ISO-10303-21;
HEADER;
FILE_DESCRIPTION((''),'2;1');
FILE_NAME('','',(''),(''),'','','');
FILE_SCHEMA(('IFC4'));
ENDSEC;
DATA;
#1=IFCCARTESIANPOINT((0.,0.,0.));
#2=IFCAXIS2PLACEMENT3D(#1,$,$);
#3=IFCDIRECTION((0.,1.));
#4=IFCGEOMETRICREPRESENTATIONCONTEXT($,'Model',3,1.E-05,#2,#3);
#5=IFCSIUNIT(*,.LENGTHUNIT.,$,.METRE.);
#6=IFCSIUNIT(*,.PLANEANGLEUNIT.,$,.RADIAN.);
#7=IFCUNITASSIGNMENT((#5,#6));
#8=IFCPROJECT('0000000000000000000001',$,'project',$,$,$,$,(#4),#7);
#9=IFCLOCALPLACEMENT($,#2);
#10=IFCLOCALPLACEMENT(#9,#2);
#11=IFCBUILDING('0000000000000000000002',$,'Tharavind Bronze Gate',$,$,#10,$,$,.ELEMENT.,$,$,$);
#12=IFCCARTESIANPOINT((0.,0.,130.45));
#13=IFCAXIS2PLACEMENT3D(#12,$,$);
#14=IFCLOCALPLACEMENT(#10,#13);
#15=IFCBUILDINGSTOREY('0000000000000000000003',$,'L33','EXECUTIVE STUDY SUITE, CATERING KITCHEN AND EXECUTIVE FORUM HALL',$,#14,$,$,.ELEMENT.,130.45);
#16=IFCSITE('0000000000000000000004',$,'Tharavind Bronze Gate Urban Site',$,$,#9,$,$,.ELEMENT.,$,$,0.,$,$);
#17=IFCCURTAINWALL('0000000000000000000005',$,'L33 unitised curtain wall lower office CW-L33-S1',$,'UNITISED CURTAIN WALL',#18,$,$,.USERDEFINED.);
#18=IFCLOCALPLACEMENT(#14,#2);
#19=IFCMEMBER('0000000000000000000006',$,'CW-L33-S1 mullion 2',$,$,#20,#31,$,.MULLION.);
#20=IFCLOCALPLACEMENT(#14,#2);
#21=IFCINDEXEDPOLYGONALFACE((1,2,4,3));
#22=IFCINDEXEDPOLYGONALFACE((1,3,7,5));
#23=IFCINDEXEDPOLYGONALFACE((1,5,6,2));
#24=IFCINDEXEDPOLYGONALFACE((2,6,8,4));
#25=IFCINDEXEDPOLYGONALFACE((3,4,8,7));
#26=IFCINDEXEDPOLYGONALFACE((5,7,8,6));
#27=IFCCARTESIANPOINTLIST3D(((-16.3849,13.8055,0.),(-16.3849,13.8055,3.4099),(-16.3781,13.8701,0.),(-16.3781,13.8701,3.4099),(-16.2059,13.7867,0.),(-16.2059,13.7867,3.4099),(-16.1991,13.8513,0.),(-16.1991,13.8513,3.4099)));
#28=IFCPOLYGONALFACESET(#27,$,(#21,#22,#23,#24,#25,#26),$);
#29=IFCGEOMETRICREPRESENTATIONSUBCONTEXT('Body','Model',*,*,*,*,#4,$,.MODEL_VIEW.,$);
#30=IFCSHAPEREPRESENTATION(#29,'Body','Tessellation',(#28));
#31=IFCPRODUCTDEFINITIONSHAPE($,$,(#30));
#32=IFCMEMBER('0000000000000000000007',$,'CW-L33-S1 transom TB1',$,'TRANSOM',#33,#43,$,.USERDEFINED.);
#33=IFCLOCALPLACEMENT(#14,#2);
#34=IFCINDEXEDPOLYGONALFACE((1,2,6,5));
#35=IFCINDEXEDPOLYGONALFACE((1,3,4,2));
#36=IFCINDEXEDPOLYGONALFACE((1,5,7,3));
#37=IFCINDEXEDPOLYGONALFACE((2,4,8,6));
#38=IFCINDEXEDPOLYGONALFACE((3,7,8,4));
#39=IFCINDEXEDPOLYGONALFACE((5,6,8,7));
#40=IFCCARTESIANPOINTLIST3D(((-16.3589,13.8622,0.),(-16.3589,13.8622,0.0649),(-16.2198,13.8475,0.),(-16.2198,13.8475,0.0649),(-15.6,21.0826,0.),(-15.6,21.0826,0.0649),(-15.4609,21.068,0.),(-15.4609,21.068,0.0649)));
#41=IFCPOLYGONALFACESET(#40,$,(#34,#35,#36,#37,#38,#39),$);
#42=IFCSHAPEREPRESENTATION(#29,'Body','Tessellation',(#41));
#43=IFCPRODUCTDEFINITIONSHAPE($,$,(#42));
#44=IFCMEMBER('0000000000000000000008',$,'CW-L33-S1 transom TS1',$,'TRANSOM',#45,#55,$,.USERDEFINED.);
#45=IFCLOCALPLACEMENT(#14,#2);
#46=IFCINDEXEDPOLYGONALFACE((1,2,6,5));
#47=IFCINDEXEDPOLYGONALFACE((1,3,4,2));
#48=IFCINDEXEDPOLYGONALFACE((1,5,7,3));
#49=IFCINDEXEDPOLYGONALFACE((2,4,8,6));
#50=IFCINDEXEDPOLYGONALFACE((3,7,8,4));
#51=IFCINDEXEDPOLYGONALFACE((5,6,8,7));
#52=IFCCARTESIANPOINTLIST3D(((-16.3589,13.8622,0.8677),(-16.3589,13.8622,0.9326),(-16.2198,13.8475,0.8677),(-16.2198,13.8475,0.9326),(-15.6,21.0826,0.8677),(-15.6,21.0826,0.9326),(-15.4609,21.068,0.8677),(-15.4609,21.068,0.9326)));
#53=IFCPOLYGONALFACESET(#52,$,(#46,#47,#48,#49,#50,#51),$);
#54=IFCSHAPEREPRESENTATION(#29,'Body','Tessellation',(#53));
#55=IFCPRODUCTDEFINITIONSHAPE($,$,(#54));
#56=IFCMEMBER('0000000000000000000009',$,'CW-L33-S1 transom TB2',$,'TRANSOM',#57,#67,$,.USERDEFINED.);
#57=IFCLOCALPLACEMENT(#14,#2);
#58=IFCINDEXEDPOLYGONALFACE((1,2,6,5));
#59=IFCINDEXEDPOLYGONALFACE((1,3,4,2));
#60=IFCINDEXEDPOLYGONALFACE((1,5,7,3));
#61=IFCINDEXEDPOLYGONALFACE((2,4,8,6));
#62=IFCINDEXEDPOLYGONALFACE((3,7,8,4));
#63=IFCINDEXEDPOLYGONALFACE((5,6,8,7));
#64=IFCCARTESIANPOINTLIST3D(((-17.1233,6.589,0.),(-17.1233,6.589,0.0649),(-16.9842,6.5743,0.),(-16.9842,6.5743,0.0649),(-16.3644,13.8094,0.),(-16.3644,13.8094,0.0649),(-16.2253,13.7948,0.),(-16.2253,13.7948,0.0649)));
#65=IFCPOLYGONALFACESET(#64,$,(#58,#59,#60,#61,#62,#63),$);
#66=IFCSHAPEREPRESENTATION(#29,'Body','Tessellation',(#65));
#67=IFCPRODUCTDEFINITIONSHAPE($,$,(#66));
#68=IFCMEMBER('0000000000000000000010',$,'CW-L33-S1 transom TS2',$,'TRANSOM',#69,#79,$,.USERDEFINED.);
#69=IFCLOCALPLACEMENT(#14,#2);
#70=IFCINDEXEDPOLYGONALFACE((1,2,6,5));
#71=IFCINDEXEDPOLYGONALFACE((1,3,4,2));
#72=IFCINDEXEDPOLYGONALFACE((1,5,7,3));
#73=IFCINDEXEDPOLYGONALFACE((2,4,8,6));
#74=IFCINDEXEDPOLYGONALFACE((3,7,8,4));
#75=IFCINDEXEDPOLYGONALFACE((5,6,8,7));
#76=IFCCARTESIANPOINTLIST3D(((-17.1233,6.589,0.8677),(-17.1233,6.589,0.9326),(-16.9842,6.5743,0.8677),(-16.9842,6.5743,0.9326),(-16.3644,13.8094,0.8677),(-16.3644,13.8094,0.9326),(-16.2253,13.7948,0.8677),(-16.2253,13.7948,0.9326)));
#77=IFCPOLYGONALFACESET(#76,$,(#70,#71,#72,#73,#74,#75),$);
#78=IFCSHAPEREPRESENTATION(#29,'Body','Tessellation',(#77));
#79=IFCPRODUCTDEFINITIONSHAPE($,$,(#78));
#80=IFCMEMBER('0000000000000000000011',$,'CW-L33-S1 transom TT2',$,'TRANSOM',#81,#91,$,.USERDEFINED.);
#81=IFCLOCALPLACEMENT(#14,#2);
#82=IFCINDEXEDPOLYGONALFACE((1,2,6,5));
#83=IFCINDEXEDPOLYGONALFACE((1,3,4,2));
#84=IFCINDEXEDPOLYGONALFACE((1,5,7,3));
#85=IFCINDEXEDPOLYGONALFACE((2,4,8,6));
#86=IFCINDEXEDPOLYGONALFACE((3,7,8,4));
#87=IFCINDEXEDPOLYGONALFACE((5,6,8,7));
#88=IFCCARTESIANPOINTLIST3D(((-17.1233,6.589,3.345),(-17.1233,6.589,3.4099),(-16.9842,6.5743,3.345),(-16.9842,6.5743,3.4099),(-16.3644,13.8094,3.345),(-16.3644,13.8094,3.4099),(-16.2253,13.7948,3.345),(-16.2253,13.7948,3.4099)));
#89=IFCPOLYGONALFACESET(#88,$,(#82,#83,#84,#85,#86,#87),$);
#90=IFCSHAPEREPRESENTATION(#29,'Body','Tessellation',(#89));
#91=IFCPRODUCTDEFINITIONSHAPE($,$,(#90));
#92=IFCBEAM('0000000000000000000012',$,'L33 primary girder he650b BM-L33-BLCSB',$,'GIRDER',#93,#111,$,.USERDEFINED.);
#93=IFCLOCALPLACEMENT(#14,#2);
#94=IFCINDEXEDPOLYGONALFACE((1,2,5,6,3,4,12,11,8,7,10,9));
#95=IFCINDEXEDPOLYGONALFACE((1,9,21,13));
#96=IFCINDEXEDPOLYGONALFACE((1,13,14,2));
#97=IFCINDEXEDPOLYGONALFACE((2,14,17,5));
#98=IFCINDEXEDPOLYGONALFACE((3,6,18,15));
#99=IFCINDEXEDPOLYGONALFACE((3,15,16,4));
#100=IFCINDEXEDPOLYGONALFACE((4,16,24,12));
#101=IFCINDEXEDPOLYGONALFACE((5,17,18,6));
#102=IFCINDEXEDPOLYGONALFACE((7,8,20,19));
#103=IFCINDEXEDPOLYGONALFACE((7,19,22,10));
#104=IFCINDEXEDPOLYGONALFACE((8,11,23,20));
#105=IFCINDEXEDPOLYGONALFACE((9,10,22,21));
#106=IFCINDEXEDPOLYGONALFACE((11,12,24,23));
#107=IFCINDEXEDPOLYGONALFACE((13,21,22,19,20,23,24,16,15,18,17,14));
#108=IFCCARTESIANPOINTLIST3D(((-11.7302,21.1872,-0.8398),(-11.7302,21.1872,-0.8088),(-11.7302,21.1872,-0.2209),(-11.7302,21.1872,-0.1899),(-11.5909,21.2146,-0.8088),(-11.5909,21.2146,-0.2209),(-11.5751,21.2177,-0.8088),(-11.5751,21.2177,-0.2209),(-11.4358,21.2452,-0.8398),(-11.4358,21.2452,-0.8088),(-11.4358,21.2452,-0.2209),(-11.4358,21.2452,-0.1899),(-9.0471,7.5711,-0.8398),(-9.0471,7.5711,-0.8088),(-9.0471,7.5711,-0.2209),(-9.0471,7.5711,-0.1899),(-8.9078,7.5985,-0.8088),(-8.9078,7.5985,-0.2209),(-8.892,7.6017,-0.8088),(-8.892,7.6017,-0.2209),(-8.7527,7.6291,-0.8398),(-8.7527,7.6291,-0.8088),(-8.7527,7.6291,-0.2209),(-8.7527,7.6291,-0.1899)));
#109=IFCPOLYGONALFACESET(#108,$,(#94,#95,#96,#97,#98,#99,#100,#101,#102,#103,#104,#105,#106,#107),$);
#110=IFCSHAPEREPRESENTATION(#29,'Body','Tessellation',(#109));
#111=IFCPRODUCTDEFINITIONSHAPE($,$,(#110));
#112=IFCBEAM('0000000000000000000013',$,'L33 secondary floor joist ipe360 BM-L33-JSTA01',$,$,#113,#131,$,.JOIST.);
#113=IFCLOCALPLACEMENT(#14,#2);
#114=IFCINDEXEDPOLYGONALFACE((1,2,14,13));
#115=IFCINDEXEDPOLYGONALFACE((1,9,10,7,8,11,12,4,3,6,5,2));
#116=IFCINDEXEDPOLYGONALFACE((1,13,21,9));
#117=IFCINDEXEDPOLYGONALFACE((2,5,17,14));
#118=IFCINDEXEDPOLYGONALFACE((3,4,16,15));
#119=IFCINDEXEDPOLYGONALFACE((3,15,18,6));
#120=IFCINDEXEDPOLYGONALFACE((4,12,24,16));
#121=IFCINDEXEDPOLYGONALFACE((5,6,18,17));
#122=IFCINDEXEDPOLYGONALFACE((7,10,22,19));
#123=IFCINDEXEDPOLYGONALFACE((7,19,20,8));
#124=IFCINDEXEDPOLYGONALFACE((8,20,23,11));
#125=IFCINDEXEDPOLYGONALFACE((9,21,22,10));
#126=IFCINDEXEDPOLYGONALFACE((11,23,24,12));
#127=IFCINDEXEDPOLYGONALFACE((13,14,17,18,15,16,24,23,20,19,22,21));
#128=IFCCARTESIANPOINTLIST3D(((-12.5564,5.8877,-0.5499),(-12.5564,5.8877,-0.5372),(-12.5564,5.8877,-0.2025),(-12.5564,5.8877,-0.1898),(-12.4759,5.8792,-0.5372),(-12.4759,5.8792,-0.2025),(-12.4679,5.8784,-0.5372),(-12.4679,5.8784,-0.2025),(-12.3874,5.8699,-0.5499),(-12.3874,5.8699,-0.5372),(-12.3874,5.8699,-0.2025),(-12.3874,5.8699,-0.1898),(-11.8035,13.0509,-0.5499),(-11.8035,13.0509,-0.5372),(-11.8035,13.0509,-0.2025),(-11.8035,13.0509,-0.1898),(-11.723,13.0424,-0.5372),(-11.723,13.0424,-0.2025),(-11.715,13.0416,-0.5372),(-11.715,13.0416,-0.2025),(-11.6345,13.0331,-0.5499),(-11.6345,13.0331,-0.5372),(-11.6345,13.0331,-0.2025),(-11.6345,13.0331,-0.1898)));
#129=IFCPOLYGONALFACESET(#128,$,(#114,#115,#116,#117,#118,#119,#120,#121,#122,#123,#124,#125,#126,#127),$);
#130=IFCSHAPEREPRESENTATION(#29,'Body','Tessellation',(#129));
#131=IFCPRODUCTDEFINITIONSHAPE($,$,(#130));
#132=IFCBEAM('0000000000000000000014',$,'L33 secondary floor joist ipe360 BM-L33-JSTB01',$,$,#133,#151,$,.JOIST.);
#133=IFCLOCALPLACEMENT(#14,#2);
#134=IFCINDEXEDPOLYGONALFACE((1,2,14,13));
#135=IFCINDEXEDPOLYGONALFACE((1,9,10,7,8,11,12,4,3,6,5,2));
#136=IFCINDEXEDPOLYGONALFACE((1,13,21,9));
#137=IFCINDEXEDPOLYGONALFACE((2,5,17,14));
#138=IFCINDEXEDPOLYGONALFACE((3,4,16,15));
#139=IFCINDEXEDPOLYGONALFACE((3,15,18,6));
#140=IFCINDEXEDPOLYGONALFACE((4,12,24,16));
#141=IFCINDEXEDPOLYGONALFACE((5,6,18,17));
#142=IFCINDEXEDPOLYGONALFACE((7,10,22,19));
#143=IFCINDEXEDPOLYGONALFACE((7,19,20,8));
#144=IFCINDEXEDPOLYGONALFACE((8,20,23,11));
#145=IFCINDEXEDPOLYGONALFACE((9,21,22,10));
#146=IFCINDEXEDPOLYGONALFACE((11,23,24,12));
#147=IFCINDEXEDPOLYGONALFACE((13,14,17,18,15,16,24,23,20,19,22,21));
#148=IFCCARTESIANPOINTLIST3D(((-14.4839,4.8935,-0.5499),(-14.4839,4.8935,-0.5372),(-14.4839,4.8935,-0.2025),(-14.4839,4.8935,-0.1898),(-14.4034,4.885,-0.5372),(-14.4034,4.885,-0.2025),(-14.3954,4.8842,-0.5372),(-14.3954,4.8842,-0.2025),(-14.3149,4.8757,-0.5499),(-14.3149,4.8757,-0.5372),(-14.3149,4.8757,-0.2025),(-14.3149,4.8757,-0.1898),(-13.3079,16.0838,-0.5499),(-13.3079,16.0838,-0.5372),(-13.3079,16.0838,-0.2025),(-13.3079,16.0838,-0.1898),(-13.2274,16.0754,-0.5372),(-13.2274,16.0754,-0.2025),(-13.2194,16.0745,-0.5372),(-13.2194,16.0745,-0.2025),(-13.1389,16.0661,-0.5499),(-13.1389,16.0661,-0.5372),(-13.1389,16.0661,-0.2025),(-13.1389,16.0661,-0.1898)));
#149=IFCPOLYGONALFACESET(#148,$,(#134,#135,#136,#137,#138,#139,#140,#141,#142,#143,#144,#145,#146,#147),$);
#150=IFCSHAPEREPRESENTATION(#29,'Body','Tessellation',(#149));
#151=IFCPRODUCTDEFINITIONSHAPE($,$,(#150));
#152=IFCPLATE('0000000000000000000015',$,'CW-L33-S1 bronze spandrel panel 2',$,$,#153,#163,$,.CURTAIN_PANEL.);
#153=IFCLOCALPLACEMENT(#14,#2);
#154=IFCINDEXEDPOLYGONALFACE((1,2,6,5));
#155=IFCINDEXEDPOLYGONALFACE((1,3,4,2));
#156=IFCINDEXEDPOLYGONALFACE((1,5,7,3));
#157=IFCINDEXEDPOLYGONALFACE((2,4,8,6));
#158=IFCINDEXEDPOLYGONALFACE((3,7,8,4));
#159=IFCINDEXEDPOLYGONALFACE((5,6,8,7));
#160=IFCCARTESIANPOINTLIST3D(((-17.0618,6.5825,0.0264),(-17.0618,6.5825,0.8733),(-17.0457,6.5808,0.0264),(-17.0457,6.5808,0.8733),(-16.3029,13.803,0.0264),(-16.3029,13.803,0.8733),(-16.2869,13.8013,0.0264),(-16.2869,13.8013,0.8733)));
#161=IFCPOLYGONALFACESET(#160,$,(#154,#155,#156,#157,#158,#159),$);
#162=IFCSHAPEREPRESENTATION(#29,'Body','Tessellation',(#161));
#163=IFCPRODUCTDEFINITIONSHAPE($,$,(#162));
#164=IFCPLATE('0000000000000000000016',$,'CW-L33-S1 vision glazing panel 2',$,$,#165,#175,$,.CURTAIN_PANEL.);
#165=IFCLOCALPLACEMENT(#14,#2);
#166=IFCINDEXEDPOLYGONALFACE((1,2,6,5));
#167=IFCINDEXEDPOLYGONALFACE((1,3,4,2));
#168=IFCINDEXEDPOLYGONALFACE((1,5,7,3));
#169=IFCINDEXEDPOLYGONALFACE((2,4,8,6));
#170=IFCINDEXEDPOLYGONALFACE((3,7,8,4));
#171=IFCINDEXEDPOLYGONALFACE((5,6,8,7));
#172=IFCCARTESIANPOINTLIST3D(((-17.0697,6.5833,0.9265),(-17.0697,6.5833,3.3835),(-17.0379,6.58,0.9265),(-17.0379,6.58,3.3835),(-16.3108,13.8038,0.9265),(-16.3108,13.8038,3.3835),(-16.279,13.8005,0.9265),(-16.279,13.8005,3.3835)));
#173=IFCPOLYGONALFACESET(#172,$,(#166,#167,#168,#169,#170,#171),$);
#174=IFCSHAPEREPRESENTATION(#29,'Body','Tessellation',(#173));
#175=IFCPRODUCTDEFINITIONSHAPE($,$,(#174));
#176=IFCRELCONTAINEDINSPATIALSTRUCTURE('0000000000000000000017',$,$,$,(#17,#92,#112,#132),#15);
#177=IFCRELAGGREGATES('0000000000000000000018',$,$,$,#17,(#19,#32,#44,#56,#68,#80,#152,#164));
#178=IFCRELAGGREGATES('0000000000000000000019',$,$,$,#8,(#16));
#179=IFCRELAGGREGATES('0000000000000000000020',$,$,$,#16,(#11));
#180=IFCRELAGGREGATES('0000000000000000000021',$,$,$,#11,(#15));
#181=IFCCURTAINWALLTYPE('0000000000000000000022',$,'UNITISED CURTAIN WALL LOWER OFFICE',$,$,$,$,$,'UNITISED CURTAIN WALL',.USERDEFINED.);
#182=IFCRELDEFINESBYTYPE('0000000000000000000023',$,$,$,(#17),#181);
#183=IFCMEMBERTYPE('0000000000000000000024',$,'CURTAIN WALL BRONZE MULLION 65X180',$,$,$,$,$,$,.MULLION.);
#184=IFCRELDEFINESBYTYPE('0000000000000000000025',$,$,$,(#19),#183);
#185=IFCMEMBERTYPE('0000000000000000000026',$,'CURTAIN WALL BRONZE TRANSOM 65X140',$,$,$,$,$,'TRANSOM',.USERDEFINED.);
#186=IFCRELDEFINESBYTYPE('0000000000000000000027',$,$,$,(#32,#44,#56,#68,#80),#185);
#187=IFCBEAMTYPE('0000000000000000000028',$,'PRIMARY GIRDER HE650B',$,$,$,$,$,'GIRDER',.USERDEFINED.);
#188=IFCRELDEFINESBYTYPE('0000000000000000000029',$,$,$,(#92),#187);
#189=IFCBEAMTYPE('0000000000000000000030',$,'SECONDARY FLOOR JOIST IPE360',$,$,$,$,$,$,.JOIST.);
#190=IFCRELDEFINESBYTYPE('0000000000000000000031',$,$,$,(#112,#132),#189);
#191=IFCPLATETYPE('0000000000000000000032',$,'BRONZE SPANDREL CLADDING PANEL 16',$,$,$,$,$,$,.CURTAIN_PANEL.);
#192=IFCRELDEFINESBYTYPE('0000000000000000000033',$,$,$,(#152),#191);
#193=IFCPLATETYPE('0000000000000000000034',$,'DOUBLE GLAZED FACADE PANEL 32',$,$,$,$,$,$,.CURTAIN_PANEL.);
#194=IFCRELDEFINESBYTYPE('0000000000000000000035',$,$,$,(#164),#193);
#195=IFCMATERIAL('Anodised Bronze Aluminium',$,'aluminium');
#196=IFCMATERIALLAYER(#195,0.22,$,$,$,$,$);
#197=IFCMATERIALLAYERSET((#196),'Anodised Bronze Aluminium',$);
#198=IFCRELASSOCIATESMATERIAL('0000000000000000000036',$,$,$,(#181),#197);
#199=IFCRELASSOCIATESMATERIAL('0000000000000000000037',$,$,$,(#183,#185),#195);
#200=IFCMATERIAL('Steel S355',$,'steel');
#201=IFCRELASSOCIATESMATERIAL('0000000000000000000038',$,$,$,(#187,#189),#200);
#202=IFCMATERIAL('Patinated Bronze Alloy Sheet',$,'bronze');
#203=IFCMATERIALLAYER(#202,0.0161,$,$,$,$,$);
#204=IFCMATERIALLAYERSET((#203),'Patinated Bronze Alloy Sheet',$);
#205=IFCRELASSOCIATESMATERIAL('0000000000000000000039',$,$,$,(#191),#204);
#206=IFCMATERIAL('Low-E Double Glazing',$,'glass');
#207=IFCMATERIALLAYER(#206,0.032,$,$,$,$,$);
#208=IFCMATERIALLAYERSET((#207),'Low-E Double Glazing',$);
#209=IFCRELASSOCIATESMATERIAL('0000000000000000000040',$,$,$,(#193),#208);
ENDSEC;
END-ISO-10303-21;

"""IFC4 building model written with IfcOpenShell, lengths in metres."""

from ifc_helpers import new_model, si_unit, direction, frame, origin, origin_2d, place, context, subcontext, project, spatial, rectangle, i_section, extrude, material, layer, layer_set, material_profile, profile_set, type_object, element, aggregate, save


model = new_model("IFC4")

# Units and contexts
model_context = context("Model", 3, precision=1e-05, world=origin(), true_north=direction((0.0, 1.0)))
body_context = subcontext(model_context, "Body", "Model", "MODEL_VIEW")
ifc_project = project(units=[si_unit("LENGTHUNIT", "METRE"), si_unit("PLANEANGLEUNIT", "RADIAN")], contexts=[model_context])

# Site, building, storey
site_placement = place(None, origin())
site = spatial("IfcSite", under=ifc_project, at=site_placement, Name="Tharavind Bronze Gate Urban Site", CompositionType="ELEMENT", RefElevation=0.0)
building_placement = place(site_placement, origin())
building = spatial("IfcBuilding", under=site, at=building_placement, Name="Tharavind Bronze Gate", CompositionType="ELEMENT")
storey_placement = place(building_placement, frame((0.0, 0.0, 130.45)))
storey = spatial("IfcBuildingStorey", under=building, at=storey_placement, Name="L33", Description="EXECUTIVE STUDY SUITE, CATERING KITCHEN AND EXECUTIVE FORUM HALL", CompositionType="ELEMENT", Elevation=130.45)

# Curtain wall, members
ifc_material_1 = material(Name="Anodised Bronze Aluminium", Category="aluminium")
ifc_layer_1 = layer(ifc_material_1, 0.22)
ifc_layer_set_1 = layer_set([ifc_layer_1], Name="Anodised Bronze Aluminium")
curtain_wall_type = type_object("IfcCurtainWallType", Name="UNITISED CURTAIN WALL LOWER OFFICE", ElementType="UNITISED CURTAIN WALL", PredefinedType="USERDEFINED", material=ifc_layer_set_1)
curtain_wall_placement = place(storey_placement, origin())
curtain_wall = element("IfcCurtainWall", 1, at=curtain_wall_placement, inside=storey, type_object=curtain_wall_type, Name="L33 unitised curtain wall lower office CW-L33-S1", ObjectType="UNITISED CURTAIN WALL", PredefinedType="USERDEFINED")
member_type_1 = type_object("IfcMemberType", Name="CURTAIN WALL BRONZE MULLION 65X180", PredefinedType="MULLION", material=ifc_material_1)
member_1_placement = place(storey_placement, frame((-16.292, 13.8284, 0.0), z_axis=(0.0, 0.0, 1.0), x_axis=(-0.104527, -0.994522, 0.0)))
member_1 = element("IfcMember", 2, at=member_1_placement, type_object=member_type_1, Name="CW-L33-S1 mullion 2", PredefinedType="MULLION", context=body_context, shape_type="SweptSolid", body=[
    extrude(rectangle(XDim=0.0649, YDim=0.1799, at=origin_2d()), origin(), (0.0, 0.0, 1.0), 3.4099),
])
member_type_2 = type_object("IfcMemberType", Name="CURTAIN WALL BRONZE TRANSOM 65X140", ElementType="TRANSOM", PredefinedType="USERDEFINED", material=ifc_material_1)
member_2_placement = place(storey_placement, frame((-15.9099, 17.4651, 0.0), z_axis=(0.0, 0.0, 1.0), x_axis=(-0.104527, -0.994522, 0.0)))
member_2 = element("IfcMember", 3, at=member_2_placement, type_object=member_type_2, Name="CW-L33-S1 transom TB1", ObjectType="TRANSOM", PredefinedType="USERDEFINED", context=body_context, shape_type="SweptSolid", body=[
    extrude(rectangle(XDim=7.2603, YDim=0.1399, at=origin_2d()), origin(), (0.0, 0.0, 1.0), 0.0649),
])
member_3_placement = place(storey_placement, frame((-15.9099, 17.4651, 0.8677), z_axis=(0.0, 0.0, 1.0), x_axis=(-0.104527, -0.994522, 0.0)))
member_3 = element("IfcMember", 4, at=member_3_placement, type_object=member_type_2, Name="CW-L33-S1 transom TS1", ObjectType="TRANSOM", PredefinedType="USERDEFINED", context=body_context, shape_type="SweptSolid", body=[
    extrude(rectangle(XDim=7.2603, YDim=0.1399, at=origin_2d()), origin(), (0.0, 0.0, 1.0), 0.0649),
])
member_4_placement = place(storey_placement, frame((-16.6743, 10.1919, 0.0), z_axis=(0.0, 0.0, 1.0), x_axis=(-0.104527, -0.994522, 0.0)))
member_4 = element("IfcMember", 5, at=member_4_placement, type_object=member_type_2, Name="CW-L33-S1 transom TB2", ObjectType="TRANSOM", PredefinedType="USERDEFINED", context=body_context, shape_type="SweptSolid", body=[
    extrude(rectangle(XDim=7.2603, YDim=0.1399, at=origin_2d()), origin(), (0.0, 0.0, 1.0), 0.0649),
])
member_5_placement = place(storey_placement, frame((-16.6743, 10.1919, 0.8677), z_axis=(0.0, 0.0, 1.0), x_axis=(-0.104527, -0.994522, 0.0)))
member_5 = element("IfcMember", 6, at=member_5_placement, type_object=member_type_2, Name="CW-L33-S1 transom TS2", ObjectType="TRANSOM", PredefinedType="USERDEFINED", context=body_context, shape_type="SweptSolid", body=[
    extrude(rectangle(XDim=7.2603, YDim=0.1399, at=origin_2d()), origin(), (0.0, 0.0, 1.0), 0.0649),
])
member_6_placement = place(storey_placement, frame((-16.6743, 10.1919, 3.345), z_axis=(0.0, 0.0, 1.0), x_axis=(-0.104527, -0.994522, 0.0)))
member_6 = element("IfcMember", 7, at=member_6_placement, type_object=member_type_2, Name="CW-L33-S1 transom TT2", ObjectType="TRANSOM", PredefinedType="USERDEFINED", context=body_context, shape_type="SweptSolid", body=[
    extrude(rectangle(XDim=7.2603, YDim=0.1399, at=origin_2d()), origin(), (0.0, 0.0, 1.0), 0.0649),
])

# Beams
ifc_material_2 = material(Name="Steel S355", Category="steel")
ifc_material_profile_1 = material_profile(ifc_material_2, i_section(OverallWidth=0.3, OverallDepth=0.6499, WebThickness=0.0161, FlangeThickness=0.031, at=origin_2d()), Name="HE650B")
ifc_profile_set_1 = profile_set([ifc_material_profile_1], Name="Steel S355")
beam_type_1 = type_object("IfcBeamType", Name="PRIMARY GIRDER HE650B", ElementType="GIRDER", PredefinedType="USERDEFINED", material=ifc_profile_set_1)
beam_1_placement = place(storey_placement, frame((-8.8999, 7.6001, -0.5149), z_axis=(-0.193338, 0.981132, 0.0), x_axis=(-0.981132, -0.193338, 0.0)))
element("IfcBeam", 8, at=beam_1_placement, inside=storey, type_object=beam_type_1, Name="L33 primary girder he650b BM-L33-BLCSB", ObjectType="GIRDER", PredefinedType="USERDEFINED", context=body_context, shape_type="SweptSolid", body=[
    extrude(i_section(OverallWidth=0.3, OverallDepth=0.6499, WebThickness=0.0161, FlangeThickness=0.031, at=origin_2d()), origin(), (0.0, 0.0, 1.0), 13.8779),
])
ifc_material_profile_2 = material_profile(ifc_material_2, i_section(OverallWidth=0.1699, OverallDepth=0.3601, WebThickness=0.0081, FlangeThickness=0.0127, at=origin_2d()), Name="IPE360")
ifc_profile_set_2 = profile_set([ifc_material_profile_2], Name="Steel S355")
beam_type_2 = type_object("IfcBeamType", Name="SECONDARY FLOOR JOIST IPE360", PredefinedType="JOIST", material=ifc_profile_set_2)
beam_2_placement = place(storey_placement, frame((-11.719, 13.042, -0.3699), z_axis=(-0.104537, -0.994521, 0.0), x_axis=(0.994521, -0.104537, 0.0)))
element("IfcBeam", 9, at=beam_2_placement, inside=storey, type_object=beam_type_2, Name="L33 secondary floor joist ipe360 BM-L33-JSTA01", PredefinedType="JOIST", context=body_context, shape_type="SweptSolid", body=[
    extrude(i_section(OverallWidth=0.1699, OverallDepth=0.3601, WebThickness=0.0081, FlangeThickness=0.0127, at=origin_2d()), origin(), (0.0, 0.0, 1.0), 7.2026),
])
beam_3_placement = place(storey_placement, frame((-13.2234, 16.075, -0.3699), z_axis=(-0.104516, -0.994523, 0.0), x_axis=(0.994523, -0.104516, 0.0)))
element("IfcBeam", 10, at=beam_3_placement, inside=storey, type_object=beam_type_2, Name="L33 secondary floor joist ipe360 BM-L33-JSTB01", PredefinedType="JOIST", context=body_context, shape_type="SweptSolid", body=[
    extrude(i_section(OverallWidth=0.1699, OverallDepth=0.3601, WebThickness=0.0081, FlangeThickness=0.0127, at=origin_2d()), origin(), (0.0, 0.0, 1.0), 11.252),
])

# Plates
ifc_material_3 = material(Name="Patinated Bronze Alloy Sheet", Category="bronze")
ifc_layer_2 = layer(ifc_material_3, 0.0161)
ifc_layer_set_2 = layer_set([ifc_layer_2], Name="Patinated Bronze Alloy Sheet")
plate_type_1 = type_object("IfcPlateType", Name="BRONZE SPANDREL CLADDING PANEL 16", PredefinedType="CURTAIN_PANEL", material=ifc_layer_set_2)
plate_1_placement = place(storey_placement, frame((-16.6743, 10.1919, 0.0264), z_axis=(0.0, 0.0, 1.0), x_axis=(-0.104527, -0.994522, 0.0)))
plate_1 = element("IfcPlate", 11, at=plate_1_placement, type_object=plate_type_1, Name="CW-L33-S1 bronze spandrel panel 2", PredefinedType="CURTAIN_PANEL", context=body_context, shape_type="SweptSolid", body=[
    extrude(rectangle(XDim=7.2603, YDim=0.0161, at=origin_2d()), origin(), (0.0, 0.0, 1.0), 0.8469),
])
ifc_material_4 = material(Name="Low-E Double Glazing", Category="glass")
ifc_layer_3 = layer(ifc_material_4, 0.032)
ifc_layer_set_3 = layer_set([ifc_layer_3], Name="Low-E Double Glazing")
plate_type_2 = type_object("IfcPlateType", Name="DOUBLE GLAZED FACADE PANEL 32", PredefinedType="CURTAIN_PANEL", material=ifc_layer_set_3)
plate_2_placement = place(storey_placement, frame((-16.6743, 10.1919, 0.9265), z_axis=(0.0, 0.0, 1.0), x_axis=(-0.104527, -0.994522, 0.0)))
plate_2 = element("IfcPlate", 12, at=plate_2_placement, type_object=plate_type_2, Name="CW-L33-S1 vision glazing panel 2", PredefinedType="CURTAIN_PANEL", context=body_context, shape_type="SweptSolid", body=[
    extrude(rectangle(XDim=7.2603, YDim=0.032, at=origin_2d()), origin(), (0.0, 0.0, 1.0), 2.457),
])
aggregate(curtain_wall, [member_1, member_2, member_3, member_4, member_5, member_6, plate_1, plate_2])

save(model, "model.ifc")
